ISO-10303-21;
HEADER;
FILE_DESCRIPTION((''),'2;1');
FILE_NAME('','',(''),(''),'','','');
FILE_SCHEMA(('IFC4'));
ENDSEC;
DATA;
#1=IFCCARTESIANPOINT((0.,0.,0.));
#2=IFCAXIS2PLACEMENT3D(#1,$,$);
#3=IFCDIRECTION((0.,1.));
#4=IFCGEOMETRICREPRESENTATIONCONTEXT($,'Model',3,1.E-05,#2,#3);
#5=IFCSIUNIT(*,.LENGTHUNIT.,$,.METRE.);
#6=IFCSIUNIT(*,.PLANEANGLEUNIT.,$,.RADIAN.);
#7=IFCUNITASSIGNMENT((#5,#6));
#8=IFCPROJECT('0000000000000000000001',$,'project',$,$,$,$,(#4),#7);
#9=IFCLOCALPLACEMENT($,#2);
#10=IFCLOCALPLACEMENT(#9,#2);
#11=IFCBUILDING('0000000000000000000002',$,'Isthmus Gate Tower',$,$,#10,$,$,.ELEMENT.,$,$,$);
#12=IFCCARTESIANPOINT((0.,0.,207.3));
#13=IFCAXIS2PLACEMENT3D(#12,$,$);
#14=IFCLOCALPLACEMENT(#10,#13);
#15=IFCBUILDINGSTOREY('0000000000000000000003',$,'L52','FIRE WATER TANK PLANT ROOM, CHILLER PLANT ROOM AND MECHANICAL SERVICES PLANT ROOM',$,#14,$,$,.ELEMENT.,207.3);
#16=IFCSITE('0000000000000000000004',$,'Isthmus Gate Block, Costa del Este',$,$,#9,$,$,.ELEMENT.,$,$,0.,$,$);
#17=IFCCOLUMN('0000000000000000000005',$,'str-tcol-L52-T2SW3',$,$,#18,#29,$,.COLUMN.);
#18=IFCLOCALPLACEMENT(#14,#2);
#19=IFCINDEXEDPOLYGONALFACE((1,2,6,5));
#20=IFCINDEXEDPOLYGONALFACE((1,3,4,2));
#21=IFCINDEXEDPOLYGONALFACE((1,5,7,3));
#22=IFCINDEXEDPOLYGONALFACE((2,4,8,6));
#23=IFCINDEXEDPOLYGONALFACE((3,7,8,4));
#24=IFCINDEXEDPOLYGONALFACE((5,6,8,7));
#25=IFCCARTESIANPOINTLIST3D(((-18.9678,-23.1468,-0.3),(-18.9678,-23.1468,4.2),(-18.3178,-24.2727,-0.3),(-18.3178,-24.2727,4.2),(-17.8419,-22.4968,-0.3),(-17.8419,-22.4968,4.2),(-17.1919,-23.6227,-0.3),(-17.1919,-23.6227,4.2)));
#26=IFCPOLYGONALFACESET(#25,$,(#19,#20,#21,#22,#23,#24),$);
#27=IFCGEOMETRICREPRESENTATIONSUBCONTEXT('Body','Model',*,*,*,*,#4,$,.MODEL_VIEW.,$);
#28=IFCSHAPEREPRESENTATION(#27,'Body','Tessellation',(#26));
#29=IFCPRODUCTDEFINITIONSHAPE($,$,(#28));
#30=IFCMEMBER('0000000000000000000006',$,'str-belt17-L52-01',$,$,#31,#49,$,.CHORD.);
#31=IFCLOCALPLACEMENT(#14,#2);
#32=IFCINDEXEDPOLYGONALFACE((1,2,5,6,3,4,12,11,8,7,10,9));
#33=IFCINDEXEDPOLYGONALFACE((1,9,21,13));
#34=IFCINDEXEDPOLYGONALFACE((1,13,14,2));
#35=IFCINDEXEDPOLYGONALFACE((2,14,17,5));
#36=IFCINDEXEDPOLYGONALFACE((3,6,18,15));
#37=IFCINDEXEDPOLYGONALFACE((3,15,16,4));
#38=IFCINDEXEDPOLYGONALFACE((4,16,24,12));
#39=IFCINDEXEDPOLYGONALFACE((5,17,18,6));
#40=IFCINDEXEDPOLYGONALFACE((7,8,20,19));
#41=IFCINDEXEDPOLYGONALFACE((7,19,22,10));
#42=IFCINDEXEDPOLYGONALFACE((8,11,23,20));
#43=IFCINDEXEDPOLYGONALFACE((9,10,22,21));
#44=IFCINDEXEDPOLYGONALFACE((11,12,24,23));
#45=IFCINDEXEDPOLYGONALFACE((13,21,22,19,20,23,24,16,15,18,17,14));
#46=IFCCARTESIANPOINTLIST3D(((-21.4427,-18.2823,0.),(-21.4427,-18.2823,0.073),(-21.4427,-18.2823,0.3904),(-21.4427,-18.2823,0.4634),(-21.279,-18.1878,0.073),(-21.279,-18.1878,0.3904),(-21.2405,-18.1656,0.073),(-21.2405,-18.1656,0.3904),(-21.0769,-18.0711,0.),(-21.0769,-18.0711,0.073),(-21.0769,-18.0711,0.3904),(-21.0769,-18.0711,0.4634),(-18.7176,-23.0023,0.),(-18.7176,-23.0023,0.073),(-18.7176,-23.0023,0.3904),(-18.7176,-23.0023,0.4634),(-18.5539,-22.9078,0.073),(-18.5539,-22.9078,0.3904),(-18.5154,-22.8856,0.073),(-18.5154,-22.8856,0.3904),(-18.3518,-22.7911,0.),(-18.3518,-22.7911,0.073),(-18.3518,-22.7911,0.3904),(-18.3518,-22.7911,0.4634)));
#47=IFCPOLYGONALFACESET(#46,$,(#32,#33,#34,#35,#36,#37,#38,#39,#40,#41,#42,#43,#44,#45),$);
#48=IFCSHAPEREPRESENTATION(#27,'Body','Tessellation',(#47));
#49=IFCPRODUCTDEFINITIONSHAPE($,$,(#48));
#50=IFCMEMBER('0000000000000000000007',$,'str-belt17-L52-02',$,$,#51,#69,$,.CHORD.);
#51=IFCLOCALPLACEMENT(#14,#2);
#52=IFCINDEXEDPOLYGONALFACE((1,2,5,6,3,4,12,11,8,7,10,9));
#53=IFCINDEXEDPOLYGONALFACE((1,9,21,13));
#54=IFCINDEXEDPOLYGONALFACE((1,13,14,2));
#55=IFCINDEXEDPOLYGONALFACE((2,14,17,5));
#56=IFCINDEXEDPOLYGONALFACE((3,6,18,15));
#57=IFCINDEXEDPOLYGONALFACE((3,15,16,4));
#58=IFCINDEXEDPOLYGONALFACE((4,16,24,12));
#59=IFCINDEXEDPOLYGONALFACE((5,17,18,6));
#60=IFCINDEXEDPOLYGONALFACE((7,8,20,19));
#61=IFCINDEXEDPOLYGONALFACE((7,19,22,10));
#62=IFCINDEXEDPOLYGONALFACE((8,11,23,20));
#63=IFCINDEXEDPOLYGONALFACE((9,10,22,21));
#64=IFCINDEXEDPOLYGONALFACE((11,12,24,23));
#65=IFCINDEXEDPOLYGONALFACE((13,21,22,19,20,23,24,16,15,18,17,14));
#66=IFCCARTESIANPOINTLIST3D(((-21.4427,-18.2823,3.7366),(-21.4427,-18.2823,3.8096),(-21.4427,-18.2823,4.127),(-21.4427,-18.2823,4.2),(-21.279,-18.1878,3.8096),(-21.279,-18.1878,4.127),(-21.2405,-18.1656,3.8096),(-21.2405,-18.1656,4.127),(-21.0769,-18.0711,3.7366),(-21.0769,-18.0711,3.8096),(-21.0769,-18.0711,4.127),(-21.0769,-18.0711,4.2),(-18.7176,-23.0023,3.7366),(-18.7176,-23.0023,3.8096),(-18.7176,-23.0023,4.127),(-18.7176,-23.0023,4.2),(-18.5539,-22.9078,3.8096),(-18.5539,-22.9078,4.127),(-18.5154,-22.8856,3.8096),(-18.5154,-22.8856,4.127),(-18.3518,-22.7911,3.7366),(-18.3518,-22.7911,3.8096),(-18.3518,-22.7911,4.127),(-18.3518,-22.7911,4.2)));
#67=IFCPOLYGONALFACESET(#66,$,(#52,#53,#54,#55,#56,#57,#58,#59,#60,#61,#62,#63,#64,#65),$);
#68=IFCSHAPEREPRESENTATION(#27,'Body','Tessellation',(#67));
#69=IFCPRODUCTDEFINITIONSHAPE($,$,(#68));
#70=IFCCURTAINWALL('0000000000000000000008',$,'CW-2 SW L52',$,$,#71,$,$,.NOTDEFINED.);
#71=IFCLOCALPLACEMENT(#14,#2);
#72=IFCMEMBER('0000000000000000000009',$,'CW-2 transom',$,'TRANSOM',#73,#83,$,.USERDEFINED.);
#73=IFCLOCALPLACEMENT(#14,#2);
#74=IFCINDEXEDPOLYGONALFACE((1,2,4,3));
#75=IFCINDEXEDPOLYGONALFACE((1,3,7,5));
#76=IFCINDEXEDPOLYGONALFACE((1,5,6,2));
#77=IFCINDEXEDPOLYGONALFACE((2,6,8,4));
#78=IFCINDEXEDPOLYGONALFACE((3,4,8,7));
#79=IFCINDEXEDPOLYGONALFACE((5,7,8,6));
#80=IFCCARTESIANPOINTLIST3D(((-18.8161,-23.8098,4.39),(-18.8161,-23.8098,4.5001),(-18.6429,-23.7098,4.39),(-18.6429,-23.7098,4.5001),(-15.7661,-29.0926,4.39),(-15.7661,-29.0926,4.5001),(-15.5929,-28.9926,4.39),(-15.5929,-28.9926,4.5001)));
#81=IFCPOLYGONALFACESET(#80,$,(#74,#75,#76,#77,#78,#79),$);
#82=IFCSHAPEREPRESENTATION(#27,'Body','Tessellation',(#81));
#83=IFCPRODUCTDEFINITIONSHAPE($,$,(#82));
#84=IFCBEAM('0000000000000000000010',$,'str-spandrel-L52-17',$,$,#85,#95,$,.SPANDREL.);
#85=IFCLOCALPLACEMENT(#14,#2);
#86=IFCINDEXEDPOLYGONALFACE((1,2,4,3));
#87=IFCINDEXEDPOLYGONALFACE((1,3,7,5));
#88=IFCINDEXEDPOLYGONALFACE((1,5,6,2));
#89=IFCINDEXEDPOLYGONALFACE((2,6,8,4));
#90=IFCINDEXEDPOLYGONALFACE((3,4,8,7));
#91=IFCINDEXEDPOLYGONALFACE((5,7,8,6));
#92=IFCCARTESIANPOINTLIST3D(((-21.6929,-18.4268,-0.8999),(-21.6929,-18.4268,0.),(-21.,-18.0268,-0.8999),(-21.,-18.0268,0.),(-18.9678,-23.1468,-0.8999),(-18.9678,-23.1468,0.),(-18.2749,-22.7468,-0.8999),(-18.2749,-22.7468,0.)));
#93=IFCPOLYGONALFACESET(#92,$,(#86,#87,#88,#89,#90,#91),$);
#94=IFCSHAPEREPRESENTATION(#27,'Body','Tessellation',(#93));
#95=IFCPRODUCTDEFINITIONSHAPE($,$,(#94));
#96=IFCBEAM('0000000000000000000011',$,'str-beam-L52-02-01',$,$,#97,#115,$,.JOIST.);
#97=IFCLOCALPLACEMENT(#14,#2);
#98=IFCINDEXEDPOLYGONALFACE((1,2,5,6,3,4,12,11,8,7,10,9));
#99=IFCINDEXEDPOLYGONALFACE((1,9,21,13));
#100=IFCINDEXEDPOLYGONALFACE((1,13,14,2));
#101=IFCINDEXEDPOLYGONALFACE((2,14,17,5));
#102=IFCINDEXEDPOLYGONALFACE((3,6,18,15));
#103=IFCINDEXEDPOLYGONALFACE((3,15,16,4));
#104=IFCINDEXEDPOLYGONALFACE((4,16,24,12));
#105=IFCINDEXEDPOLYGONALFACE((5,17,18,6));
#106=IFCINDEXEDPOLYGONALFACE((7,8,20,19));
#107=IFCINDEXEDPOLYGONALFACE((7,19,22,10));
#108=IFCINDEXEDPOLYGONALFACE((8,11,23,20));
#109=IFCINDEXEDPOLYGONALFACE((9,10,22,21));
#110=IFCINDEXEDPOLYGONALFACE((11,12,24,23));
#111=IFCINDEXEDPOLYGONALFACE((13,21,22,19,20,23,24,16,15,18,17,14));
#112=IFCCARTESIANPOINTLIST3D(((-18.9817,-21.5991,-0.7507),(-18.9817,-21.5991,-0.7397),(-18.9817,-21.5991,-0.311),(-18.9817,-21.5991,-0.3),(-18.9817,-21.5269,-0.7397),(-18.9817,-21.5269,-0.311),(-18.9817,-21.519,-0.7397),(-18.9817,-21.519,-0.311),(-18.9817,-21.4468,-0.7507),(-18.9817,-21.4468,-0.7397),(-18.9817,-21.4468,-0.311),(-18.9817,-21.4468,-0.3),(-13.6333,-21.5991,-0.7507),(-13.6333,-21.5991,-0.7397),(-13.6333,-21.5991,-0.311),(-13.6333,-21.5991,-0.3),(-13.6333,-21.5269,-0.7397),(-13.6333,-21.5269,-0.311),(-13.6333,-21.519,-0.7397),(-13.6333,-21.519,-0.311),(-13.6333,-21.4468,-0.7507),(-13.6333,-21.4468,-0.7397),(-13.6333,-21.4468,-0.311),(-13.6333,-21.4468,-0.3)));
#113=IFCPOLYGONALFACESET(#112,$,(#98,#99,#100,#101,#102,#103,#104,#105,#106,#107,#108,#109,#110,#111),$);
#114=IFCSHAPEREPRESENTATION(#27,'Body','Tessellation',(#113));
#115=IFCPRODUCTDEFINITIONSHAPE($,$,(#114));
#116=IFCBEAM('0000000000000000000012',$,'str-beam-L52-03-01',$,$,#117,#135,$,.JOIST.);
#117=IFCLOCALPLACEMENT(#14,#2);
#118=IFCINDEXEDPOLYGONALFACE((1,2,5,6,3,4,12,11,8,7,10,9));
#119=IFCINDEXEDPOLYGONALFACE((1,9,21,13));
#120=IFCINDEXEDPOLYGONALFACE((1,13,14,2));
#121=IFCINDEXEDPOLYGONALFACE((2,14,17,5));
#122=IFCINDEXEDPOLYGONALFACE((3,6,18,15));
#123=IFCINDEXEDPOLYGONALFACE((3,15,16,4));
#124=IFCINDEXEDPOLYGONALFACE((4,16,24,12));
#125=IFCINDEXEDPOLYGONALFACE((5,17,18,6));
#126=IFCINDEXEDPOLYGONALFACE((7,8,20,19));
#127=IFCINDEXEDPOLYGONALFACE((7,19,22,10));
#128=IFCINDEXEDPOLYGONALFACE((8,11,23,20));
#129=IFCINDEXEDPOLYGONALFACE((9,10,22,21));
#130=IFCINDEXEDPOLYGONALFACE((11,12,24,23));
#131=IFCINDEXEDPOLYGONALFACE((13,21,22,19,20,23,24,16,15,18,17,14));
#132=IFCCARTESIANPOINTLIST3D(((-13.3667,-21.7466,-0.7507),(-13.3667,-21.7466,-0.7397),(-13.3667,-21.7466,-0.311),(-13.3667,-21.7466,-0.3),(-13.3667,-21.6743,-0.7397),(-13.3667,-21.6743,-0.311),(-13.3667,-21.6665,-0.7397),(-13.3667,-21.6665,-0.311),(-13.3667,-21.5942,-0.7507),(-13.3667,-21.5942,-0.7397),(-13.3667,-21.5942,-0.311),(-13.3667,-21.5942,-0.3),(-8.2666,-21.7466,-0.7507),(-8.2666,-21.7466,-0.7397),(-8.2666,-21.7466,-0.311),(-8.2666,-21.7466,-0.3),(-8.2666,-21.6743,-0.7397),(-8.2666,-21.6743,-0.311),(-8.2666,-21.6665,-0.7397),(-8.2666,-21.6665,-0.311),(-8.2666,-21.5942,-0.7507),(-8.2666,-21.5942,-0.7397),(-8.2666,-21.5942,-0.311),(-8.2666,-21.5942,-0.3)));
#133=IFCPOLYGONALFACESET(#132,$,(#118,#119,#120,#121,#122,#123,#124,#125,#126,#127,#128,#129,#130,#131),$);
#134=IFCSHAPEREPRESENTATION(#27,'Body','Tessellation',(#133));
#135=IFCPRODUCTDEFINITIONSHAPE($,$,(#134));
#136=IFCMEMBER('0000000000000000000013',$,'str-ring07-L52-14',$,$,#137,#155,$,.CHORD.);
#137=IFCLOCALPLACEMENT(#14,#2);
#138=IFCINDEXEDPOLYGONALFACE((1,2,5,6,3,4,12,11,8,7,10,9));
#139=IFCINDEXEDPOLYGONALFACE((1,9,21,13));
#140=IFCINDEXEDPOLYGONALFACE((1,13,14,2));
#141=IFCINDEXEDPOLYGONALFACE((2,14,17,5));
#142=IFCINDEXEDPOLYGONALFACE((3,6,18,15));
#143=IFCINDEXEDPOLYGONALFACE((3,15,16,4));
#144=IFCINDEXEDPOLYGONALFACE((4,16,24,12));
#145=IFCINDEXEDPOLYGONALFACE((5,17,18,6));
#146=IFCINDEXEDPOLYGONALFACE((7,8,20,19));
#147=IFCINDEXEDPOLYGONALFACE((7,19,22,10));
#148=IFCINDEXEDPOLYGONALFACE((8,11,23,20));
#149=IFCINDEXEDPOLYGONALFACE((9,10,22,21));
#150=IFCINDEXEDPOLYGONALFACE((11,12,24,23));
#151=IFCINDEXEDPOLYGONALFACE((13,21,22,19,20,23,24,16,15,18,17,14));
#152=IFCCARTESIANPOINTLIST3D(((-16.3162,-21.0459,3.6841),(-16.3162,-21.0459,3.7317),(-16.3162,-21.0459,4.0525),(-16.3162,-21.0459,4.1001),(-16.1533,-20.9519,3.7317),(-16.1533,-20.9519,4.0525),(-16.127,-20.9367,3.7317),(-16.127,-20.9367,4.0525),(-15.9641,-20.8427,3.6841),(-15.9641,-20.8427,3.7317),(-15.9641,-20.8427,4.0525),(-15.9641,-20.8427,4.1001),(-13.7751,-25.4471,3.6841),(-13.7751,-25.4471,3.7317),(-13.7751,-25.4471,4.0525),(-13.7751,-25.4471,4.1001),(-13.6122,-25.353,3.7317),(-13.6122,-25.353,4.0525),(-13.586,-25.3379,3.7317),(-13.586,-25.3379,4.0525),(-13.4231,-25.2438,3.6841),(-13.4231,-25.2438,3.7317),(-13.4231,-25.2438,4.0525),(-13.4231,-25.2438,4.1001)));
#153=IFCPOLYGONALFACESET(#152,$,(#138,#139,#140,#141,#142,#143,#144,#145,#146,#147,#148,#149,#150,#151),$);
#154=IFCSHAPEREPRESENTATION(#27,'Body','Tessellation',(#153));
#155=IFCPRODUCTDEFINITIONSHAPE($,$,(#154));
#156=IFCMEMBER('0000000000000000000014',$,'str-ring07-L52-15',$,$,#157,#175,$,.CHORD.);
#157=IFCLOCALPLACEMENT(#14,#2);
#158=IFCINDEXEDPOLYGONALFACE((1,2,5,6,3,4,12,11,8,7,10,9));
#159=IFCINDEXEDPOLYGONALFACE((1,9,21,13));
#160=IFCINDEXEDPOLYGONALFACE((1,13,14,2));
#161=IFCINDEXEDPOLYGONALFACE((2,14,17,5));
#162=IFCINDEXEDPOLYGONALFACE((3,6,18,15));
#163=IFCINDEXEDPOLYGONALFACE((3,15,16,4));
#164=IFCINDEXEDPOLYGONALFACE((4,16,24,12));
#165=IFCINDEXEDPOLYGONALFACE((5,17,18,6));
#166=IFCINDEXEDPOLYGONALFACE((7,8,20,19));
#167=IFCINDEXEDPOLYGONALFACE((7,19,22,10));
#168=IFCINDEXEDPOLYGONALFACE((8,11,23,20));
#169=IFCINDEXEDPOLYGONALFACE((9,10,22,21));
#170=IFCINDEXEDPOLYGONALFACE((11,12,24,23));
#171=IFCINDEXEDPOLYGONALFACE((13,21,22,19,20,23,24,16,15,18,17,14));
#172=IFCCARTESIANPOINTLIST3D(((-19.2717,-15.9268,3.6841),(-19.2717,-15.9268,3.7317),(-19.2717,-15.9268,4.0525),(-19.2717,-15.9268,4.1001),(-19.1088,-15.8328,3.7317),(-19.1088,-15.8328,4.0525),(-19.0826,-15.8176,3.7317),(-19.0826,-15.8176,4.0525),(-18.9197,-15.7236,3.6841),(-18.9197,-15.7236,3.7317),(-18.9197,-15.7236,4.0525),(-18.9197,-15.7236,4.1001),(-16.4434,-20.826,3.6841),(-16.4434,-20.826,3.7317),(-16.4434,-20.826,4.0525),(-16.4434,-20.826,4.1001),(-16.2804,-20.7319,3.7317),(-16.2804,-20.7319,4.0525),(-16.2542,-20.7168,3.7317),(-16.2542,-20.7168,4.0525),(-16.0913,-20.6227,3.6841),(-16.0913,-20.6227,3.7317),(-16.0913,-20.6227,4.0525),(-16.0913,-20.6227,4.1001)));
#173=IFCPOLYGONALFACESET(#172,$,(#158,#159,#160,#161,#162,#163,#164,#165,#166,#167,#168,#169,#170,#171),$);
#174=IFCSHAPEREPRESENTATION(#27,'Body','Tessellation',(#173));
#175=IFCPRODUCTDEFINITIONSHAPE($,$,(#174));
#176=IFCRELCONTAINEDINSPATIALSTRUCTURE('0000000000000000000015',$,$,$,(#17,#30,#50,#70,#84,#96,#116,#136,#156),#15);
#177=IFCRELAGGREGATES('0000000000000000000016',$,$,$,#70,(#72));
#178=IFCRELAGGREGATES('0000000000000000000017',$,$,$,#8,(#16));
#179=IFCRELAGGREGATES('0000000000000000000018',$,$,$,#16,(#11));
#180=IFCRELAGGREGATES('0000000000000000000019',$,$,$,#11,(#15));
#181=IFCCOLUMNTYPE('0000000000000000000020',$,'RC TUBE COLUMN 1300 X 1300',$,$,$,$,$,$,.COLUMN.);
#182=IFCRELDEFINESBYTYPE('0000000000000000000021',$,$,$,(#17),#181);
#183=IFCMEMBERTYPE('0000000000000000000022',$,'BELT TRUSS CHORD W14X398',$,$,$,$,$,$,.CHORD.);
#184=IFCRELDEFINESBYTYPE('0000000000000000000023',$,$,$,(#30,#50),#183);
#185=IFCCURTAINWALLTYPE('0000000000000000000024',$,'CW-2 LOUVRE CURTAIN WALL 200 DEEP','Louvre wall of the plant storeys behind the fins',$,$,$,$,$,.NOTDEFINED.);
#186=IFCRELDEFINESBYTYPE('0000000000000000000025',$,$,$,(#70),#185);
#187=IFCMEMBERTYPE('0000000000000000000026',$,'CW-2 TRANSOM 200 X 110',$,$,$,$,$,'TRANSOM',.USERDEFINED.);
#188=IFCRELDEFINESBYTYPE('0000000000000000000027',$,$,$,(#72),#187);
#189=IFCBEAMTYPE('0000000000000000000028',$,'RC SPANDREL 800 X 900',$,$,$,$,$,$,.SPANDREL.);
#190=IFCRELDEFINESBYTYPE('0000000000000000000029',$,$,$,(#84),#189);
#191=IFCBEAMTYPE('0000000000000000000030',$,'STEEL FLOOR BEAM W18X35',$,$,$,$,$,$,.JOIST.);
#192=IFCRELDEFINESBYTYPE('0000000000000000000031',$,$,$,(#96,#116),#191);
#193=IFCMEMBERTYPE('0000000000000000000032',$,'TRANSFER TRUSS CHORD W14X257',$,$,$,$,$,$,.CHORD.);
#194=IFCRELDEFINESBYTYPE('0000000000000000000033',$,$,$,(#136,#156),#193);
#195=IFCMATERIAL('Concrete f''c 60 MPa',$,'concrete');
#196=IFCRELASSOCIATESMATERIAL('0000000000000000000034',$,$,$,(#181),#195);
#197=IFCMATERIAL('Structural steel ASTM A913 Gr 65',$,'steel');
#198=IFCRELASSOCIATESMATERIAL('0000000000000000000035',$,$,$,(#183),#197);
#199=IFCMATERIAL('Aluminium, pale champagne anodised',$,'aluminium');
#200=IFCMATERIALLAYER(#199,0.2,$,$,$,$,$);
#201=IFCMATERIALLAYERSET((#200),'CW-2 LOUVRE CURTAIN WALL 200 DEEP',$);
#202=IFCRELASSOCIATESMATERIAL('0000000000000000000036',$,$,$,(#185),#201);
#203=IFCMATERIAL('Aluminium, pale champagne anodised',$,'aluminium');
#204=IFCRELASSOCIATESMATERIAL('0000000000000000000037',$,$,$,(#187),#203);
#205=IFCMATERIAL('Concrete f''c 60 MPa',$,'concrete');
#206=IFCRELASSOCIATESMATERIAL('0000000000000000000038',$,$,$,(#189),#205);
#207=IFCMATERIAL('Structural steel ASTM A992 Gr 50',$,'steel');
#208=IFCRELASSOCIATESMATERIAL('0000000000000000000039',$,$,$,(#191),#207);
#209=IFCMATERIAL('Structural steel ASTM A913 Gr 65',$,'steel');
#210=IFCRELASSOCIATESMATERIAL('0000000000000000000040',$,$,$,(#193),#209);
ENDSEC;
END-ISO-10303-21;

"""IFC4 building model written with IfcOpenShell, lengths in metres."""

from ifc_helpers import new_model, si_unit, direction, frame, origin, origin_2d, place, context, subcontext, project, spatial, rectangle, i_section, extrude, material, layer, layer_set, material_profile, profile_set, type_object, element, aggregate, save


model = new_model("IFC4")

# Units and contexts
model_context = context("Model", 3, precision=1e-05, world=origin(), true_north=direction((0.0, 1.0)))
body_context = subcontext(model_context, "Body", "Model", "MODEL_VIEW")
ifc_project = project(units=[si_unit("LENGTHUNIT", "METRE"), si_unit("PLANEANGLEUNIT", "RADIAN")], contexts=[model_context])

# Site, building, storey
site_placement = place(None, origin())
site = spatial("IfcSite", under=ifc_project, at=site_placement, Name="Isthmus Gate Block, Costa del Este", CompositionType="ELEMENT", RefElevation=0.0)
building_placement = place(site_placement, origin())
building = spatial("IfcBuilding", under=site, at=building_placement, Name="Isthmus Gate Tower", CompositionType="ELEMENT")
storey_placement = place(building_placement, frame((0.0, 0.0, 207.3)))
storey = spatial("IfcBuildingStorey", under=building, at=storey_placement, Name="L52", Description="FIRE WATER TANK PLANT ROOM, CHILLER PLANT ROOM AND MECHANICAL SERVICES PLANT ROOM", CompositionType="ELEMENT", Elevation=207.3)

# Column
ifc_material_1 = material(Name="Concrete f'c 60 MPa", Category="concrete")
ifc_material_profile_1 = material_profile(ifc_material_1, rectangle(XDim=1.3, YDim=1.3, at=origin_2d()), Name="RC 1300X1300")
ifc_profile_set_1 = profile_set([ifc_material_profile_1], Name="Concrete f'c 60 MPa")
column_type = type_object("IfcColumnType", Name="RC TUBE COLUMN 1300 X 1300", PredefinedType="COLUMN", material=ifc_profile_set_1)
column_placement = place(storey_placement, frame((-18.0798, -23.3848, -0.3), z_axis=(0.0, 0.0, 1.0), x_axis=(0.5, -0.866025, 0.0)))
element("IfcColumn", 1, at=column_placement, inside=storey, type_object=column_type, Name="str-tcol-L52-T2SW3", PredefinedType="COLUMN", context=body_context, shape_type="SweptSolid", body=[
    extrude(rectangle(XDim=1.3, YDim=1.3, at=origin_2d()), origin(), (0.0, 0.0, 1.0), 4.5),
])

# Members
ifc_material_2 = material(Name="Structural steel ASTM A913 Gr 65", Category="steel")
ifc_material_profile_2 = material_profile(ifc_material_2, i_section(OverallWidth=0.4224, OverallDepth=0.4634, WebThickness=0.0444, FlangeThickness=0.073, at=origin_2d()), Name="W14X398")
ifc_profile_set_2 = profile_set([ifc_material_profile_2], Name="Structural steel ASTM A913 Gr 65")
member_type_1 = type_object("IfcMemberType", Name="BELT TRUSS CHORD W14X398", PredefinedType="CHORD", material=ifc_profile_set_2)
for number, where, z_axis, x_axis, name in (
    (2, (-18.5347, -22.8967, 0.2317), (-0.500003, 0.866024, 0.0), (-0.866024, -0.500003, 0.0), "str-belt17-L52-01"),
    (3, (-18.5347, -22.8967, 3.9683), (-0.500003, 0.866024, 0.0), (-0.866024, -0.500003, 0.0), "str-belt17-L52-02"),
):
    element("IfcMember", number, at=place(storey_placement, frame(where, z_axis=z_axis, x_axis=x_axis)), inside=storey, type_object=member_type_1, Name=name, PredefinedType="CHORD", context=body_context, shape_type="SweptSolid", body=[
        extrude(i_section(OverallWidth=0.4224, OverallDepth=0.4634, WebThickness=0.0444, FlangeThickness=0.073, at=origin_2d()), origin(), (0.0, 0.0, 1.0), 5.4502),
    ])

# Curtain wall, member
ifc_material_3 = material(Name="Aluminium, pale champagne anodised", Category="aluminium")
ifc_layer_1 = layer(ifc_material_3, 0.2)
ifc_layer_set_1 = layer_set([ifc_layer_1], Name="CW-2 LOUVRE CURTAIN WALL 200 DEEP")
curtain_wall_type = type_object("IfcCurtainWallType", Name="CW-2 LOUVRE CURTAIN WALL 200 DEEP", Description="Louvre wall of the plant storeys behind the fins", PredefinedType="NOTDEFINED", material=ifc_layer_set_1)
curtain_wall_placement = place(storey_placement, origin())
curtain_wall = element("IfcCurtainWall", 4, at=curtain_wall_placement, inside=storey, type_object=curtain_wall_type, Name="CW-2 SW L52", PredefinedType="NOTDEFINED")
ifc_material_4 = material(Name="Aluminium, pale champagne anodised", Category="aluminium")
ifc_material_profile_3 = material_profile(ifc_material_4, rectangle(XDim=0.2, YDim=0.1101, at=origin_2d()), Name="200x110")
ifc_profile_set_3 = profile_set([ifc_material_profile_3], Name="Aluminium, pale champagne anodised")
member_type_2 = type_object("IfcMemberType", Name="CW-2 TRANSOM 200 X 110", ElementType="TRANSOM", PredefinedType="USERDEFINED", material=ifc_profile_set_3)
member_1_placement = place(storey_placement, frame((-18.7295, -23.7598, 4.4451), z_axis=(0.499992, -0.86603, 0.0), x_axis=(0.86603, 0.499992, 0.0)))
member_1 = element("IfcMember", 5, at=member_1_placement, type_object=member_type_2, Name="CW-2 transom", ObjectType="TRANSOM", PredefinedType="USERDEFINED", context=body_context, shape_type="SweptSolid", body=[
    extrude(rectangle(XDim=0.2, YDim=0.1101, at=origin_2d()), origin(), (0.0, 0.0, 1.0), 6.1001),
])

# Beams
ifc_material_5 = material(Name="Concrete f'c 60 MPa", Category="concrete")
ifc_material_profile_4 = material_profile(ifc_material_5, rectangle(XDim=0.8, YDim=0.8999, at=origin_2d()), Name="RC 800X900")
ifc_profile_set_4 = profile_set([ifc_material_profile_4], Name="Concrete f'c 60 MPa")
beam_type_1 = type_object("IfcBeamType", Name="RC SPANDREL 800 X 900", PredefinedType="SPANDREL", material=ifc_profile_set_4)
beam_1_placement = place(storey_placement, frame((-18.6213, -22.9468, -0.45), z_axis=(-0.500003, 0.866024, 0.0), x_axis=(-0.866024, -0.500003, 0.0)))
element("IfcBeam", 6, at=beam_1_placement, inside=storey, type_object=beam_type_1, Name="str-spandrel-L52-17", PredefinedType="SPANDREL", context=body_context, shape_type="SweptSolid", body=[
    extrude(rectangle(XDim=0.8, YDim=0.8999, at=origin_2d()), origin(), (0.0, 0.0, 1.0), 5.4502),
])
ifc_material_6 = material(Name="Structural steel ASTM A992 Gr 50", Category="steel")
ifc_material_profile_5 = material_profile(ifc_material_6, i_section(OverallWidth=0.1523, OverallDepth=0.4507, WebThickness=0.0078, FlangeThickness=0.011, at=origin_2d()), Name="W18X35")
ifc_profile_set_5 = profile_set([ifc_material_profile_5], Name="Structural steel ASTM A992 Gr 50")
beam_type_2 = type_object("IfcBeamType", Name="STEEL FLOOR BEAM W18X35", PredefinedType="JOIST", material=ifc_profile_set_5)
beam_2_placement = place(storey_placement, frame((-18.9817, -21.5229, -0.5254), z_axis=(1.0, 0.0, 0.0), x_axis=(0.0, 1.0, 0.0)))
element("IfcBeam", 7, at=beam_2_placement, inside=storey, type_object=beam_type_2, Name="str-beam-L52-02-01", PredefinedType="JOIST", context=body_context, shape_type="SweptSolid", body=[
    extrude(i_section(OverallWidth=0.1523, OverallDepth=0.4507, WebThickness=0.0078, FlangeThickness=0.011, at=origin_2d()), origin(), (0.0, 0.0, 1.0), 5.3484),
])
beam_3_placement = place(storey_placement, frame((-13.3667, -21.6704, -0.5254), z_axis=(1.0, 0.0, 0.0), x_axis=(0.0, 1.0, 0.0)))
element("IfcBeam", 8, at=beam_3_placement, inside=storey, type_object=beam_type_2, Name="str-beam-L52-03-01", PredefinedType="JOIST", context=body_context, shape_type="SweptSolid", body=[
    extrude(i_section(OverallWidth=0.1523, OverallDepth=0.4507, WebThickness=0.0078, FlangeThickness=0.011, at=origin_2d()), origin(), (0.0, 0.0, 1.0), 5.1001),
])

# Members
ifc_material_7 = material(Name="Structural steel ASTM A913 Gr 65", Category="steel")
ifc_material_profile_6 = material_profile(ifc_material_7, i_section(OverallWidth=0.4065, OverallDepth=0.416, WebThickness=0.0303, FlangeThickness=0.0476, at=origin_2d()), Name="W14X257")
ifc_profile_set_6 = profile_set([ifc_material_profile_6], Name="Structural steel ASTM A913 Gr 65")
member_type_3 = type_object("IfcMemberType", Name="TRANSFER TRUSS CHORD W14X257", PredefinedType="CHORD", material=ifc_profile_set_6)
member_2_placement = place(storey_placement, frame((-13.5991, -25.3455, 3.8921), z_axis=(-0.500004, 0.866023, 0.0), x_axis=(-0.866023, -0.500004, 0.0)))
element("IfcMember", 9, at=member_2_placement, inside=storey, type_object=member_type_3, Name="str-ring07-L52-14", PredefinedType="CHORD", context=body_context, shape_type="SweptSolid", body=[
    extrude(i_section(OverallWidth=0.4065, OverallDepth=0.416, WebThickness=0.0303, FlangeThickness=0.0476, at=origin_2d()), origin(), (0.0, 0.0, 1.0), 5.082),
])
member_3_placement = place(storey_placement, frame((-16.2673, -20.7244, 3.8921), z_axis=(-0.499978, 0.866038, 0.0), x_axis=(-0.866038, -0.499978, 0.0)))
element("IfcMember", 10, at=member_3_placement, inside=storey, type_object=member_type_3, Name="str-ring07-L52-15", PredefinedType="CHORD", context=body_context, shape_type="SweptSolid", body=[
    extrude(i_section(OverallWidth=0.4065, OverallDepth=0.416, WebThickness=0.0303, FlangeThickness=0.0476, at=origin_2d()), origin(), (0.0, 0.0, 1.0), 5.657),
])

aggregate(curtain_wall, [member_1])

save(model, "model.ifc")
